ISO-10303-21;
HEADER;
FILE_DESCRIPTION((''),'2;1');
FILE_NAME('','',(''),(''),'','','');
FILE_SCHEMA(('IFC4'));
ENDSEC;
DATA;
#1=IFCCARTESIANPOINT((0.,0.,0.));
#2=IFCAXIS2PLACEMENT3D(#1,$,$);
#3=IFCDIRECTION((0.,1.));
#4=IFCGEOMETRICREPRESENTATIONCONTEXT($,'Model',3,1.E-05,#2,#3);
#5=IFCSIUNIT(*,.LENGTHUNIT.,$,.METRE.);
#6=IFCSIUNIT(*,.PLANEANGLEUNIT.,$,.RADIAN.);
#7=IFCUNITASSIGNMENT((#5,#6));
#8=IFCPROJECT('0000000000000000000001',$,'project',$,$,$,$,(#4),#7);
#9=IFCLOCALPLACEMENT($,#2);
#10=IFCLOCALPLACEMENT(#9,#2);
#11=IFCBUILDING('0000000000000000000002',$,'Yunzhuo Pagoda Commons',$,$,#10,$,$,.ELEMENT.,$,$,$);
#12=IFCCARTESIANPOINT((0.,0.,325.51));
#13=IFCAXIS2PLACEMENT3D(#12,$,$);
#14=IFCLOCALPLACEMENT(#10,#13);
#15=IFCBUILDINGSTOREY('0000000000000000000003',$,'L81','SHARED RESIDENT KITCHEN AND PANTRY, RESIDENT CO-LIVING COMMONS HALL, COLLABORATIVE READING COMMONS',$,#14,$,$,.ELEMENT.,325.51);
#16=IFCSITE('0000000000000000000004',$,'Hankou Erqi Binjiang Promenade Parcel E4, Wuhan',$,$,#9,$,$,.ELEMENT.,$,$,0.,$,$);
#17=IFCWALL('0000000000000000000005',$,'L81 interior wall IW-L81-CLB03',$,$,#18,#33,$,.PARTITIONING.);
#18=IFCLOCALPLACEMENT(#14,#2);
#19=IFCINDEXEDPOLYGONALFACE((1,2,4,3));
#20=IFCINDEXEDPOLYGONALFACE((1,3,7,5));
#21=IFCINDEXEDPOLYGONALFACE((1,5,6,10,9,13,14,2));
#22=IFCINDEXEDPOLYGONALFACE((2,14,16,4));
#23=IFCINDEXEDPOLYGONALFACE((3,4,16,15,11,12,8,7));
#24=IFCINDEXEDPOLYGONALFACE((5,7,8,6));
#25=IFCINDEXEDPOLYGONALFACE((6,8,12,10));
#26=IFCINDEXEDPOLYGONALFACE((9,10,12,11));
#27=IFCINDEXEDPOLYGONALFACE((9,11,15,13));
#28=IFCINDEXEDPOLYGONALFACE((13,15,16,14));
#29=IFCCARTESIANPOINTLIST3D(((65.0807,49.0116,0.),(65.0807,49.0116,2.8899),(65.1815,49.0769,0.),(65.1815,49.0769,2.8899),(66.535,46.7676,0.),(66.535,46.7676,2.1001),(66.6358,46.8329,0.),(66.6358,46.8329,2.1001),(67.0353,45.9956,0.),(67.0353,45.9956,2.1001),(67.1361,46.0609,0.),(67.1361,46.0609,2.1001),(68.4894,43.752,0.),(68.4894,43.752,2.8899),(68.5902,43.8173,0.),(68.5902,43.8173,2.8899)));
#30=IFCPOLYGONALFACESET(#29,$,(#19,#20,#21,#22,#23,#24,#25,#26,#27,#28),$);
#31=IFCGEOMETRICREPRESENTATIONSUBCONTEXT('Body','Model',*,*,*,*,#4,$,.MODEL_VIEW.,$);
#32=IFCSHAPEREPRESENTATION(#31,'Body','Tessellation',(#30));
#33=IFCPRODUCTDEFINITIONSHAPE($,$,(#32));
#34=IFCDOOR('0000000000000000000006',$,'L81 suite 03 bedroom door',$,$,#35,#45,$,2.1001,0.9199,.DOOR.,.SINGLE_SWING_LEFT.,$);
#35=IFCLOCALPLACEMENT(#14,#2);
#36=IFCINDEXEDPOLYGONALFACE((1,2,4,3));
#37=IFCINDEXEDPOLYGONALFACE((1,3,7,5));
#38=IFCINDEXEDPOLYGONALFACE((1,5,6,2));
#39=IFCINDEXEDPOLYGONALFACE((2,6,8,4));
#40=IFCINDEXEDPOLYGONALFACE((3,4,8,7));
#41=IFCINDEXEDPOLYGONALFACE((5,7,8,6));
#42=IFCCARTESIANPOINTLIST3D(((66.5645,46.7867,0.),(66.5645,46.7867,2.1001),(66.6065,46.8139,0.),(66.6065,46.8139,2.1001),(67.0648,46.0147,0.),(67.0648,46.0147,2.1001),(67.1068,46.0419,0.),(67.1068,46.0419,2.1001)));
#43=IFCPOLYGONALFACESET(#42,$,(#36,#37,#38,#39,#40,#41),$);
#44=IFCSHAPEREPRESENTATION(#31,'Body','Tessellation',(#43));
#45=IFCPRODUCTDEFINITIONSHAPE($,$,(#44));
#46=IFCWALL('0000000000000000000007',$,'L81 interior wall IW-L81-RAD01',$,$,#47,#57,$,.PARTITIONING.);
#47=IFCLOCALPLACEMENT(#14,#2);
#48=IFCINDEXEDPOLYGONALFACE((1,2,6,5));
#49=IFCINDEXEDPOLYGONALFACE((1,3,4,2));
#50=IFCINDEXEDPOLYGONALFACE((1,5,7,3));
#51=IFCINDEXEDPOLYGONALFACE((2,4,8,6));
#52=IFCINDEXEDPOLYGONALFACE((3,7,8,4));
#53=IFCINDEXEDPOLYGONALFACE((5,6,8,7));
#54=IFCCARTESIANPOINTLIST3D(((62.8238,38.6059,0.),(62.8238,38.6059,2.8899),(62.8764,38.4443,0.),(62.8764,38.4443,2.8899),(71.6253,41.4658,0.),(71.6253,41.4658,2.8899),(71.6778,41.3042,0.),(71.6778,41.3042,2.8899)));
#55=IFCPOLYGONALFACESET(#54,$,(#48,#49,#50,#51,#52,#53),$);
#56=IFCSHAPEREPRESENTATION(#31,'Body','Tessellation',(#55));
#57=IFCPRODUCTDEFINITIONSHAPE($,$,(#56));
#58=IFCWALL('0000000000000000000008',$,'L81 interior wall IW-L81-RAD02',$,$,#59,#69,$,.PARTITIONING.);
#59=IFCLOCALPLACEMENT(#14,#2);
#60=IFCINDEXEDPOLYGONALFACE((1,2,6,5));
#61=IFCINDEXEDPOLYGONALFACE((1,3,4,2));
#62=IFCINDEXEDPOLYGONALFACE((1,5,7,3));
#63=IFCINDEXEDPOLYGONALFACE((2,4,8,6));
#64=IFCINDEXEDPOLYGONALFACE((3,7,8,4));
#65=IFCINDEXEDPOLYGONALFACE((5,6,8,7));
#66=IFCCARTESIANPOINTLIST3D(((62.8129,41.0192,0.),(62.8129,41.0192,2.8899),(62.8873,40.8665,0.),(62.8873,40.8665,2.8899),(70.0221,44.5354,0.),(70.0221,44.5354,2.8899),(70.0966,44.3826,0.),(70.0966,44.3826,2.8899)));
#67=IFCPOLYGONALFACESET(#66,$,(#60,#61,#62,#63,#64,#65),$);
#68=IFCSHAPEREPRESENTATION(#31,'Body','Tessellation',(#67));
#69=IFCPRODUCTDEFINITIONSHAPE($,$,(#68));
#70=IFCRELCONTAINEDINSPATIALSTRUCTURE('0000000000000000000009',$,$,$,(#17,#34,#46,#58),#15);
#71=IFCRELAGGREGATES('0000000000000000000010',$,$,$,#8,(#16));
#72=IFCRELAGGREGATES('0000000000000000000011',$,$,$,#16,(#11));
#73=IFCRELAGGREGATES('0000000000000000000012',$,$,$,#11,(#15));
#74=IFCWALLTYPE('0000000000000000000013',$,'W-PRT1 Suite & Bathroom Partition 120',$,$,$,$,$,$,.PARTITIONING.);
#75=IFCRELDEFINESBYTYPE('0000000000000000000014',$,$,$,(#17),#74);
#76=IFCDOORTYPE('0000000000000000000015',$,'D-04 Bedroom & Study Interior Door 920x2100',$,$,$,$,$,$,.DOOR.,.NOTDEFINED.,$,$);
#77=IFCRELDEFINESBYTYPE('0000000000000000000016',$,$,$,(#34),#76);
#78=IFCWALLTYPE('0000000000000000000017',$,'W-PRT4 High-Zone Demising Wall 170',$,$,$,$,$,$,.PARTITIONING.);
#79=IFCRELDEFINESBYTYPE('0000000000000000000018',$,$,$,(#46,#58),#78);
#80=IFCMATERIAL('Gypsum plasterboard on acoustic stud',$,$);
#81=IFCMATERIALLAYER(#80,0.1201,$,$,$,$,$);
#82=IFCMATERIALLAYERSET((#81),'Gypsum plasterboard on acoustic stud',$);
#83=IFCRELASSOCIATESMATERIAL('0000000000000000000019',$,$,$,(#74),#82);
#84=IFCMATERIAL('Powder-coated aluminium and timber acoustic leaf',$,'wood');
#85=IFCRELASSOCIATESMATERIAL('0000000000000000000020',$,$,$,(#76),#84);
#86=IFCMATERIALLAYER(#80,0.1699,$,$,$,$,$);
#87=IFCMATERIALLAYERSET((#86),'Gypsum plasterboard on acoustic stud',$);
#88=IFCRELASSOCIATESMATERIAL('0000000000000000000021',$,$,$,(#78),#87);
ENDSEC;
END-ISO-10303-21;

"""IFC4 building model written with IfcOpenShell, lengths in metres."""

from ifc_helpers import new_model, si_unit, direction, frame, frame_2d, origin, origin_with_axes, place, context, subcontext, project, spatial, rectangle, extrude, source, transform, mapped, material, layer, layer_set, type_object, element, fill, save


model = new_model("IFC4")

# Units and contexts
model_context = context("Model", 3, precision=1e-05, world=origin(), true_north=direction((0.0, 1.0)))
body_context = subcontext(model_context, "Body", "Model", "MODEL_VIEW")
ifc_project = project(units=[si_unit("LENGTHUNIT", "METRE"), si_unit("PLANEANGLEUNIT", "RADIAN")], contexts=[model_context])

# Site, building, storey
site_placement = place(None, origin())
site = spatial("IfcSite", under=ifc_project, at=site_placement, Name="Hankou Erqi Binjiang Promenade Parcel E4, Wuhan", CompositionType="ELEMENT", RefElevation=0.0)
building_placement = place(site_placement, origin())
building = spatial("IfcBuilding", under=site, at=building_placement, Name="Yunzhuo Pagoda Commons", CompositionType="ELEMENT")
storey_placement = place(building_placement, frame((0.0, 0.0, 325.51)))
storey = spatial("IfcBuildingStorey", under=building, at=storey_placement, Name="L81", Description="SHARED RESIDENT KITCHEN AND PANTRY, RESIDENT CO-LIVING COMMONS HALL, COLLABORATIVE READING COMMONS", CompositionType="ELEMENT", Elevation=325.51)

# Shared definitions
ifc_material_1 = material(Name="Gypsum plasterboard on acoustic stud")

# Shared definitions
ifc_material_2 = material(Name="Powder-coated aluminium and timber acoustic leaf", Category="wood")

# Shared definitions
ifc_layer_1 = layer(ifc_material_1, 0.1201)
ifc_layer_set_1 = layer_set([ifc_layer_1], Name="Gypsum plasterboard on acoustic stud")
wall_type_1 = type_object("IfcWallType", Name="W-PRT1 Suite & Bathroom Partition 120", PredefinedType="PARTITIONING", material=ifc_layer_set_1)

# Wall, opening, door
wall_1_placement = place(storey_placement, frame((68.5398, 43.7847, 0.0), z_axis=(0.0, 0.0, 1.0), x_axis=(-0.543866, 0.839172, 0.0)))
wall_1 = element("IfcWall", 1, at=wall_1_placement, inside=storey, type_object=wall_type_1, Name="L81 interior wall IW-L81-CLB03", PredefinedType="PARTITIONING", context=body_context, shape_type="SweptSolid", body=[
    extrude(rectangle(XDim=6.2676, YDim=0.1201, at=frame_2d((3.1338, 0.0))), origin(), (0.0, 0.0, 1.0), 2.8899),
])
opening_1_placement = place(wall_1_placement, frame((2.6736, 0.0, 0.0)))
opening_1 = element("IfcOpeningElement", 2, at=opening_1_placement, cuts=wall_1, PredefinedType="OPENING", context=body_context, shape_type="SweptSolid", body=[
    extrude(rectangle(XDim=0.9199, YDim=2.1001, at=frame_2d((0.46, 1.05))), frame((0.0, 0.0701, 0.0), z_axis=(0.0, -1.0, 0.0), x_axis=(1.0, 0.0, 0.0)), (0.0, 0.0, 1.0), 0.1401),
])
door_type_1 = type_object("IfcDoorType", Name="D-04 Bedroom & Study Interior Door 920x2100", OperationType="NOTDEFINED", PredefinedType="DOOR", material=ifc_material_2)
shared_shape_1 = source(origin(), body_context, "Body", "SweptSolid", [
    extrude(rectangle(XDim=0.9199, YDim=2.1001, at=frame_2d((0.46, 1.05))), frame((0.0, 0.0249, 0.0), z_axis=(0.0, -1.0, 0.0), x_axis=(1.0, 0.0, 0.0)), (0.0, 0.0, 1.0), 0.05),
])
door_1_placement = place(opening_1_placement, origin_with_axes())
door_1 = element("IfcDoor", 3, at=door_1_placement, inside=storey, type_object=door_type_1, Name="L81 suite 03 bedroom door", OperationType="SINGLE_SWING_LEFT", OverallHeight=2.1001, OverallWidth=0.9199, PredefinedType="DOOR", context=body_context, shape_type="MappedRepresentation", body=[
    mapped(shared_shape_1, transform((0.0, 0.0, 0.0), scale=1.0)),
])
fill(opening_1, door_1)

# Walls
ifc_layer_2 = layer(ifc_material_1, 0.1699)
ifc_layer_set_2 = layer_set([ifc_layer_2], Name="Gypsum plasterboard on acoustic stud")
wall_type_2 = type_object("IfcWallType", Name="W-PRT4 High-Zone Demising Wall 170", PredefinedType="PARTITIONING", material=ifc_layer_set_2)
wall_2_placement = place(storey_placement, frame((62.8501, 38.5251, 0.0), z_axis=(0.0, 0.0, 1.0), x_axis=(0.951054, 0.309025, 0.0)))
element("IfcWall", 4, at=wall_2_placement, inside=storey, type_object=wall_type_2, Name="L81 interior wall IW-L81-RAD01", PredefinedType="PARTITIONING", context=body_context, shape_type="SweptSolid", body=[
    extrude(rectangle(XDim=9.2544, YDim=0.1699, at=frame_2d((4.6272, 0.0))), origin(), (0.0, 0.0, 1.0), 2.8899),
])
wall_3_placement = place(storey_placement, frame((62.8501, 40.9429, 0.0), z_axis=(0.0, 0.0, 1.0), x_axis=(0.898797, 0.438365, 0.0)))
element("IfcWall", 5, at=wall_3_placement, inside=storey, type_object=wall_type_2, Name="L81 interior wall IW-L81-RAD02", PredefinedType="PARTITIONING", context=body_context, shape_type="SweptSolid", body=[
    extrude(rectangle(XDim=8.021, YDim=0.1699, at=frame_2d((4.0105, 0.0))), origin(), (0.0, 0.0, 1.0), 2.8899),
])

save(model, "model.ifc")
